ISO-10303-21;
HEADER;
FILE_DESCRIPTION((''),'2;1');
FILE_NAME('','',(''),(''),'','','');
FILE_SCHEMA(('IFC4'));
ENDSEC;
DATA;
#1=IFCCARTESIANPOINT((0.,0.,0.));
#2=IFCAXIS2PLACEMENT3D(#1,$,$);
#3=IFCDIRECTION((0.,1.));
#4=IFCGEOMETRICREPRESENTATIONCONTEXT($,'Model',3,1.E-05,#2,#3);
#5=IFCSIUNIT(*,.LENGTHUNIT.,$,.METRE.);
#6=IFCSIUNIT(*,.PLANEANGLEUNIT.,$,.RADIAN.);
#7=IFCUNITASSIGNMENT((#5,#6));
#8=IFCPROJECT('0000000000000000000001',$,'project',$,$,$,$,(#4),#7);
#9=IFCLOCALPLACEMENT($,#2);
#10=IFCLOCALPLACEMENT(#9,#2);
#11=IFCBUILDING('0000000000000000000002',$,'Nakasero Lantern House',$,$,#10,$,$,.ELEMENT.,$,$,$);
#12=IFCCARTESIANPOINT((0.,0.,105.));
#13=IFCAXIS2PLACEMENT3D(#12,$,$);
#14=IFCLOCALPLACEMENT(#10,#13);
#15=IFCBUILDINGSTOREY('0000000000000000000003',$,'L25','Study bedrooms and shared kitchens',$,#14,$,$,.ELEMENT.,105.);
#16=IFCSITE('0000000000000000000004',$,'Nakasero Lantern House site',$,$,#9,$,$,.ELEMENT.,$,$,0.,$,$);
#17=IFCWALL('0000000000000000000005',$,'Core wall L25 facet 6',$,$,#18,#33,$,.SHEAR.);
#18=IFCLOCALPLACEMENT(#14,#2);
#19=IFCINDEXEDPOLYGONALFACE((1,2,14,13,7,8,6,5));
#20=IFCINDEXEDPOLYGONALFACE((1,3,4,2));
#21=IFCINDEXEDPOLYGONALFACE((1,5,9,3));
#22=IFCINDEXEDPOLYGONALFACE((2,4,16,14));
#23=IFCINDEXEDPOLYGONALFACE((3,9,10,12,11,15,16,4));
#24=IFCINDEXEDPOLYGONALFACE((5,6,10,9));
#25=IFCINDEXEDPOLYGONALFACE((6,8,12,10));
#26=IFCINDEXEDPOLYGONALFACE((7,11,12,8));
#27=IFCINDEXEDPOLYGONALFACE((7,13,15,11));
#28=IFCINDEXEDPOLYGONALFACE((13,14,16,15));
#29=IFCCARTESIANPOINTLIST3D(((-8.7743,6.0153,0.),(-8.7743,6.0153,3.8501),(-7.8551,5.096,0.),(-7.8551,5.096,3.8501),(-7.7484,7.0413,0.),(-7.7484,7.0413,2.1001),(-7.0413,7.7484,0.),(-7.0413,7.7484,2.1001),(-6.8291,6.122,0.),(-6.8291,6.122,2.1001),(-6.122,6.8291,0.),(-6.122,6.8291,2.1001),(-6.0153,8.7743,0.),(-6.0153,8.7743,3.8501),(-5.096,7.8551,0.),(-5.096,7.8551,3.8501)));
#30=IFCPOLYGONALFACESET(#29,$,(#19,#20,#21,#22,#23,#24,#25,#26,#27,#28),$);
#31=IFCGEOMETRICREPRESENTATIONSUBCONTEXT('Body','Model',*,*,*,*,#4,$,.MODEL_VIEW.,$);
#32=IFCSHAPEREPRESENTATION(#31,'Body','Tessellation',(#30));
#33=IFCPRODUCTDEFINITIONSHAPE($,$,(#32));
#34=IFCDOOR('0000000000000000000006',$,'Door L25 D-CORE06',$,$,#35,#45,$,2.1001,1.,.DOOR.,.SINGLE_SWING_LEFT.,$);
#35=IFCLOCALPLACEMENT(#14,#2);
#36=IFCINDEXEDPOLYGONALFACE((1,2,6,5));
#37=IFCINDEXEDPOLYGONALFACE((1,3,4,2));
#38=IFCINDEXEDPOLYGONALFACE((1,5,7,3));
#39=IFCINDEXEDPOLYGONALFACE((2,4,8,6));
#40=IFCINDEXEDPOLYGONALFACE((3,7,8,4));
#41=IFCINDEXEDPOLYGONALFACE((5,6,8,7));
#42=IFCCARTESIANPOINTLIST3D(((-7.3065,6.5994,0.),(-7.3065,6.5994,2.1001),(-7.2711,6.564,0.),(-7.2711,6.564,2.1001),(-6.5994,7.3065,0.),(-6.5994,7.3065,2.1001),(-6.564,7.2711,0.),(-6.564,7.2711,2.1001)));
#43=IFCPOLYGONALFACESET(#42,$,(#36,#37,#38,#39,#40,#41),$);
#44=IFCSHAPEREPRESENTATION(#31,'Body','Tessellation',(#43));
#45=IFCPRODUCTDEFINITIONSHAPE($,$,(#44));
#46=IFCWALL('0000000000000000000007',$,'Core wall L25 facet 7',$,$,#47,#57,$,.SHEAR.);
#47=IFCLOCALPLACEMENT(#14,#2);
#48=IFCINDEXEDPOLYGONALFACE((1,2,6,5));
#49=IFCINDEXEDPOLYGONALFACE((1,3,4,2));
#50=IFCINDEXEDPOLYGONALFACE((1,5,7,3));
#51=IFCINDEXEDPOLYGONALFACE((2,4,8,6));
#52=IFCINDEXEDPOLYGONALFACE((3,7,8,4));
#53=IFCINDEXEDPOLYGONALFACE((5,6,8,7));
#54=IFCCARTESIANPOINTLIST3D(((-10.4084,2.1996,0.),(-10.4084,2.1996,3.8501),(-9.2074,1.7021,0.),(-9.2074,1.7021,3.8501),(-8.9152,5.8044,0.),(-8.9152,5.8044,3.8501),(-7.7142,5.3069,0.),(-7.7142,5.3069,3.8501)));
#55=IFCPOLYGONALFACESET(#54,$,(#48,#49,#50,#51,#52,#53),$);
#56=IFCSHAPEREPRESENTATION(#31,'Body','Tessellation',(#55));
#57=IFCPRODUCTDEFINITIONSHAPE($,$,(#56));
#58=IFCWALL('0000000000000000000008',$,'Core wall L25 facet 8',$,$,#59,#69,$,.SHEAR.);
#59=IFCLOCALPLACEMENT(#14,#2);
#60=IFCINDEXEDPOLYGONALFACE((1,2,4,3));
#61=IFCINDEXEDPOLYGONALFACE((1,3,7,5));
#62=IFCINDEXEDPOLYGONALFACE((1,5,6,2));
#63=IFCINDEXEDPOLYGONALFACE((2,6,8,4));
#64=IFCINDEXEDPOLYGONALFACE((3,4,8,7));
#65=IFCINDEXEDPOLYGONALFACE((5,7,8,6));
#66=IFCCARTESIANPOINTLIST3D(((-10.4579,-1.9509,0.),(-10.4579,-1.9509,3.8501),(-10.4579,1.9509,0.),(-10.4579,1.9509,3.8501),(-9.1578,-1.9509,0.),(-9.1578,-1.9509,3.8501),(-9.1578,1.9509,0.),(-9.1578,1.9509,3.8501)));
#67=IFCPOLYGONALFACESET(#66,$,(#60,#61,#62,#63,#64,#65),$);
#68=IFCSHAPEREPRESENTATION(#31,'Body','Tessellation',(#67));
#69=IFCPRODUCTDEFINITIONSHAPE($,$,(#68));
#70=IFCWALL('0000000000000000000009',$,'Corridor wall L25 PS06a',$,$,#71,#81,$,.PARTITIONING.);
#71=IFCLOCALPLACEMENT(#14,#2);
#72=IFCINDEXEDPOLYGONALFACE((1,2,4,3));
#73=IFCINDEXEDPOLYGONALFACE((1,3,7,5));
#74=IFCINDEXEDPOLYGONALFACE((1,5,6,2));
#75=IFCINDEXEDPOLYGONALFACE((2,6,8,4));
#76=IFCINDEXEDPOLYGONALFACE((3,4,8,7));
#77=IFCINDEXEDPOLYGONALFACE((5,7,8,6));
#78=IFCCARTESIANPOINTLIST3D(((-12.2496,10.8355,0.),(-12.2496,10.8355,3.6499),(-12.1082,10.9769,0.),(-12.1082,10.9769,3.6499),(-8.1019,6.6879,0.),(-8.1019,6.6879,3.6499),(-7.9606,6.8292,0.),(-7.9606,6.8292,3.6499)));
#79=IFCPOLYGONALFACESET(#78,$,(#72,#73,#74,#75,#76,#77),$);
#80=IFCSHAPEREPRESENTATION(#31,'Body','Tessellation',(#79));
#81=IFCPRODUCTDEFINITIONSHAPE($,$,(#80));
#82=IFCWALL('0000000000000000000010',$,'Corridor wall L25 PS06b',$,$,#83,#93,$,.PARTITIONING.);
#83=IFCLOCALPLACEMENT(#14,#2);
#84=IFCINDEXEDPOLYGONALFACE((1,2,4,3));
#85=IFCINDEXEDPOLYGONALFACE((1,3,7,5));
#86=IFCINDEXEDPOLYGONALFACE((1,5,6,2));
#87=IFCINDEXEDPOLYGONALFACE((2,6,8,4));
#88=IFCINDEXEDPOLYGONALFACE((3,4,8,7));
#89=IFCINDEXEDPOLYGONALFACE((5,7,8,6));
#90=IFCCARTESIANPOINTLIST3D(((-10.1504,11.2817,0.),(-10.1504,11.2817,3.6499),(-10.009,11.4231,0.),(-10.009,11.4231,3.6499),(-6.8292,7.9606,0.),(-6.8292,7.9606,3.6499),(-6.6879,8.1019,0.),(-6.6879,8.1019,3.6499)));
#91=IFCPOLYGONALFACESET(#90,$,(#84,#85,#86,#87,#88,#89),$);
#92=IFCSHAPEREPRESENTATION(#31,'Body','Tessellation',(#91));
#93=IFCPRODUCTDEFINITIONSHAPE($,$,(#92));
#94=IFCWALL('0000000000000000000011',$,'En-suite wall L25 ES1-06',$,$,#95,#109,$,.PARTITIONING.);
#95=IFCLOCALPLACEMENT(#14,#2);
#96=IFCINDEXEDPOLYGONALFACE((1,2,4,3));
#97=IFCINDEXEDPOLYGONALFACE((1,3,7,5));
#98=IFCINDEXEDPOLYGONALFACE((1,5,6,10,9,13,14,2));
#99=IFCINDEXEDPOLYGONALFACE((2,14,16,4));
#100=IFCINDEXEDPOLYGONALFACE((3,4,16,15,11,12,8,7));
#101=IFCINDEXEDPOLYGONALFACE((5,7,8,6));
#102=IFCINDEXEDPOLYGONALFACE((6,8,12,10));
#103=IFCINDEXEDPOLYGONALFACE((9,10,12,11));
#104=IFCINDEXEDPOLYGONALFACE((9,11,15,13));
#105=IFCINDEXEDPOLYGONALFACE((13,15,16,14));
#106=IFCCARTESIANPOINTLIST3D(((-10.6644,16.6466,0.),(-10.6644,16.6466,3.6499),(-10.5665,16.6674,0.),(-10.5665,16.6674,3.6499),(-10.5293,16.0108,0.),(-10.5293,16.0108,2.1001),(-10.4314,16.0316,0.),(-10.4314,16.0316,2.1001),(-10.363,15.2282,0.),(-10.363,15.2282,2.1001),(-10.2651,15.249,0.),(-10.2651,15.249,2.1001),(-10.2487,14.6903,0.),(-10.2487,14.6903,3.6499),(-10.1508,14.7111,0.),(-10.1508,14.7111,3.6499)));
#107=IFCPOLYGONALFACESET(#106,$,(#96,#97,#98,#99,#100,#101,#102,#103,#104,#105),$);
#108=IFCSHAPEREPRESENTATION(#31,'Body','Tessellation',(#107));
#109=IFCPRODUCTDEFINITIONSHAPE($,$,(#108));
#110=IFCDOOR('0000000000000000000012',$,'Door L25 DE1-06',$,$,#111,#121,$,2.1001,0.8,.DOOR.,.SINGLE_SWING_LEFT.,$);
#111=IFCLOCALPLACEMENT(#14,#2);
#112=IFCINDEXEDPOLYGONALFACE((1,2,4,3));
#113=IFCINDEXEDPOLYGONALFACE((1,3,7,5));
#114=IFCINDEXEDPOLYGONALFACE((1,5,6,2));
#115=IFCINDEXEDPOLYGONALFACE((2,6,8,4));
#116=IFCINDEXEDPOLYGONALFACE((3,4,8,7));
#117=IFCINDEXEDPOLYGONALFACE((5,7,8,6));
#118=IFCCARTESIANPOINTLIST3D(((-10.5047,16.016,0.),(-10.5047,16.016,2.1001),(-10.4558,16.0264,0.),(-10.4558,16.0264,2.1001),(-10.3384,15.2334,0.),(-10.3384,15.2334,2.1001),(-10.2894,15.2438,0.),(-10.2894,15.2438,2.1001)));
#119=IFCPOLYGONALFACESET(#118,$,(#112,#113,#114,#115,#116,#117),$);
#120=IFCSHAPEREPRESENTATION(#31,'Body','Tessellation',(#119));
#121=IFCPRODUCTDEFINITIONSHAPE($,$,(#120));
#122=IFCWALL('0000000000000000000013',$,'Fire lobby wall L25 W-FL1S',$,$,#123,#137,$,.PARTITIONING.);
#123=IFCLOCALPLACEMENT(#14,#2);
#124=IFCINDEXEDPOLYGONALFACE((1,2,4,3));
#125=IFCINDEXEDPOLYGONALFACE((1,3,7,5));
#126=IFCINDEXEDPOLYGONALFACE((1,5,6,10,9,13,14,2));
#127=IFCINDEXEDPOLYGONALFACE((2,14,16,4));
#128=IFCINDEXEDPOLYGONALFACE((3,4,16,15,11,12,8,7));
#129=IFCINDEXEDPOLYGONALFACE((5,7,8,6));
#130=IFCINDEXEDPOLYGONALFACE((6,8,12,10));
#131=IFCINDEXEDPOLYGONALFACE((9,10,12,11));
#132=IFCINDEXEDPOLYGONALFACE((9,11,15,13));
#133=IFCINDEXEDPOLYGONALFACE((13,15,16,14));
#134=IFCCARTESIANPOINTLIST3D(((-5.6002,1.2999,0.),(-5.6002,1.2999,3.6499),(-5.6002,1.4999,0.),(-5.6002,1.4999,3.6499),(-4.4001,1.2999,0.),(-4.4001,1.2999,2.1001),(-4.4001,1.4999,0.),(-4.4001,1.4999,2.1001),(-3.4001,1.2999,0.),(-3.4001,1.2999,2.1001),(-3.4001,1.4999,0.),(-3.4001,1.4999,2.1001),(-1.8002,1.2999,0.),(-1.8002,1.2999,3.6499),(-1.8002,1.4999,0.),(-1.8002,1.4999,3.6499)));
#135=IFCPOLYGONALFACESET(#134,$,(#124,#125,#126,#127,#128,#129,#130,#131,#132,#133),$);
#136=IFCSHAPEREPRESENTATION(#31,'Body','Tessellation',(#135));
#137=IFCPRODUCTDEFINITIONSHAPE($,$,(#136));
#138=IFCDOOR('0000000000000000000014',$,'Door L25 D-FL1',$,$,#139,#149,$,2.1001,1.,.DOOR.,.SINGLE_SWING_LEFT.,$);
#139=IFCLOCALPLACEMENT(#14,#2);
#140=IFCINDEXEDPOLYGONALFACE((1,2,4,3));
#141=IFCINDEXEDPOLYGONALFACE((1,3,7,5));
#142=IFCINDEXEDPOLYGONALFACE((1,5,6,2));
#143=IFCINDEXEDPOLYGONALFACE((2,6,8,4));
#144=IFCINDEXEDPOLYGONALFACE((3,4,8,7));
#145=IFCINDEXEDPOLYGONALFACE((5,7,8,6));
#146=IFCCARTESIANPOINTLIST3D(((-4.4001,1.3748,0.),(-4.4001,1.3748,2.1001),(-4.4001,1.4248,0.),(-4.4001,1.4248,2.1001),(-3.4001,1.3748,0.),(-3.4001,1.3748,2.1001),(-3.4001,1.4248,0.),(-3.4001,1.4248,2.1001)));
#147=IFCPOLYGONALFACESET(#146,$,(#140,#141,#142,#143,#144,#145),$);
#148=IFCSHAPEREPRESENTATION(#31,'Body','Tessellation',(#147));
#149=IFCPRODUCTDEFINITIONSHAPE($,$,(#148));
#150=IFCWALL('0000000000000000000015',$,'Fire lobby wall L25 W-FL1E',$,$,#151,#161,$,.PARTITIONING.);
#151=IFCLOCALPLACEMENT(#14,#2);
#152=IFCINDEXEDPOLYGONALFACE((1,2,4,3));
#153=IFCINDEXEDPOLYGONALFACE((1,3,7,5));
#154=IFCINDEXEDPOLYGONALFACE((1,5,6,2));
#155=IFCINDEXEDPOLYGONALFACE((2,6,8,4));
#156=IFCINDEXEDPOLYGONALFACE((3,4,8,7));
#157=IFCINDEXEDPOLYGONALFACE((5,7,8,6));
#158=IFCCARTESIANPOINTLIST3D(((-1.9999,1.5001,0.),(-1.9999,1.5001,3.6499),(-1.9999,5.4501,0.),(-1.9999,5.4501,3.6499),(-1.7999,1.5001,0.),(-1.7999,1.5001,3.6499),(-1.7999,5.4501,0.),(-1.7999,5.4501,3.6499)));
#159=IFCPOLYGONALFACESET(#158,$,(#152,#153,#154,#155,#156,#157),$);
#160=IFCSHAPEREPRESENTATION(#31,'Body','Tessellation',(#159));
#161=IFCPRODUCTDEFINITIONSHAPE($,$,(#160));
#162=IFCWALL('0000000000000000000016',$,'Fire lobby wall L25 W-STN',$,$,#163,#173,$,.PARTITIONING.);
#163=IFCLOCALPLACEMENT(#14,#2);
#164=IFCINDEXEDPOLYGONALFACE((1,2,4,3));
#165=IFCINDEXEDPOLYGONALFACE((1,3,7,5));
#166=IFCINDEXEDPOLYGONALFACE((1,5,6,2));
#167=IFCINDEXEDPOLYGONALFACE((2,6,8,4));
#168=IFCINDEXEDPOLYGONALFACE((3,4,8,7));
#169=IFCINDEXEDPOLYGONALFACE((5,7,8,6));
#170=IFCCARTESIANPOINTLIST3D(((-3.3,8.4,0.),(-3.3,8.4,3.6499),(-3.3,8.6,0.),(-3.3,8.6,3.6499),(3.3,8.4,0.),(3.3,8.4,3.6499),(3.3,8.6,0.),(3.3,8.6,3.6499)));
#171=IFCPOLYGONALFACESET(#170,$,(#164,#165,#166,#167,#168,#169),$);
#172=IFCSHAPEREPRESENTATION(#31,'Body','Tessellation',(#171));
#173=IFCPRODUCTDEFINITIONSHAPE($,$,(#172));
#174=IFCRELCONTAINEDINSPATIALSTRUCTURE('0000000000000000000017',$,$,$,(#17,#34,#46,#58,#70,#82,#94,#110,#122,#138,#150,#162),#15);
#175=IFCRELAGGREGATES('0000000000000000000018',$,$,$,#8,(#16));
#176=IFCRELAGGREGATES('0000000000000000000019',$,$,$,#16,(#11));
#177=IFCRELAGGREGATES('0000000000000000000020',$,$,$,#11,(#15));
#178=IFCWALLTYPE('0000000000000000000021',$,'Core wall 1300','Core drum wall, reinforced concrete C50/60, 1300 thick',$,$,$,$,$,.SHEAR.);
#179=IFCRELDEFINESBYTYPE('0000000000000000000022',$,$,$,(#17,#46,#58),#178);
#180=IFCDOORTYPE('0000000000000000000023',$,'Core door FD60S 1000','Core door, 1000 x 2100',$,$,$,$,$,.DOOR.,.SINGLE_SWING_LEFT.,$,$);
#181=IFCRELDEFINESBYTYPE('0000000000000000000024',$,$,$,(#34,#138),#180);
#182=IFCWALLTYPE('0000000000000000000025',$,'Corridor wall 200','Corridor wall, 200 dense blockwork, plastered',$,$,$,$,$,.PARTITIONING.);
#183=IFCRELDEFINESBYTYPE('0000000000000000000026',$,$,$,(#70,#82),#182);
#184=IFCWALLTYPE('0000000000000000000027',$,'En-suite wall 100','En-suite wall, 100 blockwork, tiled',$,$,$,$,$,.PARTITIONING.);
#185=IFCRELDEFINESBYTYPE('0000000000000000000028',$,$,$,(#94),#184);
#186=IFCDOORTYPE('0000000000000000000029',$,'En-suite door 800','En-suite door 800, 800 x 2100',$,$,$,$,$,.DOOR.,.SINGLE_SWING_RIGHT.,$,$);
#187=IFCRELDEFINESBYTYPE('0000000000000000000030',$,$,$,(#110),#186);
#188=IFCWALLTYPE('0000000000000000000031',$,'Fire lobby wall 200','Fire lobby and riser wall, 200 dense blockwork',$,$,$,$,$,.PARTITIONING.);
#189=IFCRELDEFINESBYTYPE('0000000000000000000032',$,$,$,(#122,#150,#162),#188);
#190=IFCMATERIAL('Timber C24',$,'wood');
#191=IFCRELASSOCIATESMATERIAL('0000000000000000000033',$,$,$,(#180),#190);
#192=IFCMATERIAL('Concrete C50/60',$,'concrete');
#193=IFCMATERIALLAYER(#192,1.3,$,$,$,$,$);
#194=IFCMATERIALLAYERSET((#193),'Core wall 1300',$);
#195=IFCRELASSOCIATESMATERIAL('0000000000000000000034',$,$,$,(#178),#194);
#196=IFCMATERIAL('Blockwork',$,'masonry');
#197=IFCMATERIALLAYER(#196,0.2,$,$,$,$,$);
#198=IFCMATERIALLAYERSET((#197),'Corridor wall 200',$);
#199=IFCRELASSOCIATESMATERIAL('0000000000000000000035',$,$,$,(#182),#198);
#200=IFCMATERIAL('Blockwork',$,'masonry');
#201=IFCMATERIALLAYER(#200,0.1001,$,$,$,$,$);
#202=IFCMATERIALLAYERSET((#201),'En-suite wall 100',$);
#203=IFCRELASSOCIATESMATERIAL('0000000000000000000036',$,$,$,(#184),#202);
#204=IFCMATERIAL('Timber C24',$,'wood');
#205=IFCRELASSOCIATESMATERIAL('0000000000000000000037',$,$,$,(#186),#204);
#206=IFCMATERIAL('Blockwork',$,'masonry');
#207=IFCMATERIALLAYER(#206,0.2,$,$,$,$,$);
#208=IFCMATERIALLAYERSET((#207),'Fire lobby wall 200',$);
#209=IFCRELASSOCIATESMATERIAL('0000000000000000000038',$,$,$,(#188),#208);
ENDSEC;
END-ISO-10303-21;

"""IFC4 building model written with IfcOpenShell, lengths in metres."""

from ifc_helpers import new_model, si_unit, direction, frame, frame_2d, origin, place, context, subcontext, project, spatial, rectangle, extrude, material, layer, layer_set, type_object, element, fill, save


model = new_model("IFC4")

# Units and contexts
model_context = context("Model", 3, precision=1e-05, world=origin(), true_north=direction((0.0, 1.0)))
body_context = subcontext(model_context, "Body", "Model", "MODEL_VIEW")
ifc_project = project(units=[si_unit("LENGTHUNIT", "METRE"), si_unit("PLANEANGLEUNIT", "RADIAN")], contexts=[model_context])

# Site, building, storey
site_placement = place(None, origin())
site = spatial("IfcSite", under=ifc_project, at=site_placement, Name="Nakasero Lantern House site", CompositionType="ELEMENT", RefElevation=0.0)
building_placement = place(site_placement, origin())
building = spatial("IfcBuilding", under=site, at=building_placement, Name="Nakasero Lantern House", CompositionType="ELEMENT")
storey_placement = place(building_placement, frame((0.0, 0.0, 105.0)))
storey = spatial("IfcBuildingStorey", under=building, at=storey_placement, Name="L25", Description="Study bedrooms and shared kitchens", CompositionType="ELEMENT", Elevation=105.0)

# Shared definitions
ifc_material_1 = material(Name="Timber C24", Category="wood")
door_type_1 = type_object("IfcDoorType", Name="Core door FD60S 1000", Description="Core door, 1000 x 2100", OperationType="SINGLE_SWING_LEFT", PredefinedType="DOOR", material=ifc_material_1)

# Shared definitions
ifc_material_2 = material(Name="Concrete C50/60", Category="concrete")
ifc_layer_1 = layer(ifc_material_2, 1.3)
ifc_layer_set_1 = layer_set([ifc_layer_1], Name="Core wall 1300")
wall_type_1 = type_object("IfcWallType", Name="Core wall 1300", Description="Core drum wall, reinforced concrete C50/60, 1300 thick", PredefinedType="SHEAR", material=ifc_layer_set_1)

# Wall, opening, door
wall_1_placement = place(storey_placement, frame((-5.5557, 8.3147, 0.0), z_axis=(0.0, 0.0, 1.0), x_axis=(-0.707107, -0.707107, 0.0)))
wall_1 = element("IfcWall", 1, at=wall_1_placement, inside=storey, type_object=wall_type_1, Name="Core wall L25 facet 6", PredefinedType="SHEAR", context=body_context, shape_type="SweptSolid", body=[
    extrude(rectangle(XDim=3.9019, YDim=1.3, at=frame_2d((1.9509, 0.0))), origin(), (0.0, 0.0, 1.0), 3.8501),
])
opening_1_placement = place(wall_1_placement, frame((1.4509, 0.0, 0.0)))
opening_1 = element("IfcOpeningElement", 2, at=opening_1_placement, cuts=wall_1, PredefinedType="OPENING", context=body_context, shape_type="SweptSolid", body=[
    extrude(rectangle(XDim=1.0, YDim=2.1001, at=frame_2d((0.5, 1.05))), frame((0.0, 0.6699, 0.0), z_axis=(0.0, -1.0, 0.0), x_axis=(1.0, 0.0, 0.0)), (0.0, 0.0, 1.0), 1.3401),
])
door_1_placement = place(opening_1_placement, origin())
door_1 = element("IfcDoor", 3, at=door_1_placement, inside=storey, type_object=door_type_1, Name="Door L25 D-CORE06", OperationType="SINGLE_SWING_LEFT", OverallHeight=2.1001, OverallWidth=1.0, PredefinedType="DOOR", context=body_context, shape_type="SweptSolid", body=[
    extrude(rectangle(XDim=1.0, YDim=2.1001, at=frame_2d((0.5, 1.05))), frame((0.0, 0.0249, 0.0), z_axis=(0.0, -1.0, 0.0), x_axis=(1.0, 0.0, 0.0)), (0.0, 0.0, 1.0), 0.05),
])
fill(opening_1, door_1)

# Walls
for number, where, z_axis, x_axis, name in (
    (4, (-8.3147, 5.5557, 0.0), (0.0, 0.0, 1.0), (-0.382691, -0.923877, 0.0), "Core wall L25 facet 7"),
    (5, (-9.8079, 1.9509, 0.0), (0.0, 0.0, 1.0), (0.0, -1.0, 0.0), "Core wall L25 facet 8"),
):
    element("IfcWall", number, at=place(storey_placement, frame(where, z_axis=z_axis, x_axis=x_axis)), inside=storey, type_object=wall_type_1, Name=name, PredefinedType="SHEAR", context=body_context, shape_type="SweptSolid", body=[
        extrude(rectangle(XDim=3.9019, YDim=1.3, at=frame_2d((1.9509, 0.0))), origin(), (0.0, 0.0, 1.0), 3.8501),
    ])
ifc_material_3 = material(Name="Blockwork", Category="masonry")
ifc_layer_2 = layer(ifc_material_3, 0.2)
ifc_layer_set_2 = layer_set([ifc_layer_2], Name="Corridor wall 200")
wall_type_2 = type_object("IfcWallType", Name="Corridor wall 200", Description="Corridor wall, 200 dense blockwork, plastered", PredefinedType="PARTITIONING", material=ifc_layer_set_2)
wall_2_placement = place(storey_placement, frame((-8.0312, 6.7585, 0.0), z_axis=(0.0, 0.0, 1.0), x_axis=(-0.707107, 0.707107, 0.0)))
element("IfcWall", 6, at=wall_2_placement, inside=storey, type_object=wall_type_2, Name="Corridor wall L25 PS06a", PredefinedType="PARTITIONING", context=body_context, shape_type="SweptSolid", body=[
    extrude(rectangle(XDim=5.8657, YDim=0.2, at=frame_2d((2.9329, 0.0))), origin(), (0.0, 0.0, 1.0), 3.6499),
])
wall_3_placement = place(storey_placement, frame((-6.7585, 8.0312, 0.0), z_axis=(0.0, 0.0, 1.0), x_axis=(-0.707107, 0.707107, 0.0)))
element("IfcWall", 7, at=wall_3_placement, inside=storey, type_object=wall_type_2, Name="Corridor wall L25 PS06b", PredefinedType="PARTITIONING", context=body_context, shape_type="SweptSolid", body=[
    extrude(rectangle(XDim=4.6968, YDim=0.2, at=frame_2d((2.3484, 0.0))), origin(), (0.0, 0.0, 1.0), 3.6499),
])

# Walls, openings, doors
ifc_material_4 = material(Name="Blockwork", Category="masonry")
ifc_layer_3 = layer(ifc_material_4, 0.1001)
ifc_layer_set_3 = layer_set([ifc_layer_3], Name="En-suite wall 100")
wall_type_3 = type_object("IfcWallType", Name="En-suite wall 100", Description="En-suite wall, 100 blockwork, tiled", PredefinedType="PARTITIONING", material=ifc_layer_set_3)
wall_4_placement = place(storey_placement, frame((-10.1997, 14.7007, 0.0), z_axis=(0.0, 0.0, 1.0), x_axis=(-0.207886, 0.978153, 0.0)))
wall_4 = element("IfcWall", 8, at=wall_4_placement, inside=storey, type_object=wall_type_3, Name="En-suite wall L25 ES1-06", PredefinedType="PARTITIONING", context=body_context, shape_type="SweptSolid", body=[
    extrude(rectangle(XDim=2.0, YDim=0.1001, at=frame_2d((1.0, 0.0))), origin(), (0.0, 0.0, 1.0), 3.6499),
])
opening_2_placement = place(wall_4_placement, frame((0.55, 0.0, 0.0)))
opening_2 = element("IfcOpeningElement", 9, at=opening_2_placement, cuts=wall_4, PredefinedType="OPENING", context=body_context, shape_type="SweptSolid", body=[
    extrude(rectangle(XDim=0.8, YDim=2.1001, at=frame_2d((0.3999, 1.05))), frame((0.0, 0.0701, 0.0), z_axis=(0.0, -1.0, 0.0), x_axis=(1.0, 0.0, 0.0)), (0.0, 0.0, 1.0), 0.1401),
])
ifc_material_5 = material(Name="Timber C24", Category="wood")
door_type_2 = type_object("IfcDoorType", Name="En-suite door 800", Description="En-suite door 800, 800 x 2100", OperationType="SINGLE_SWING_RIGHT", PredefinedType="DOOR", material=ifc_material_5)
door_2_placement = place(opening_2_placement, origin())
door_2 = element("IfcDoor", 10, at=door_2_placement, inside=storey, type_object=door_type_2, Name="Door L25 DE1-06", OperationType="SINGLE_SWING_LEFT", OverallHeight=2.1001, OverallWidth=0.8, PredefinedType="DOOR", context=body_context, shape_type="SweptSolid", body=[
    extrude(rectangle(XDim=0.8, YDim=2.1001, at=frame_2d((0.3999, 1.05))), frame((0.0, 0.0249, 0.0), z_axis=(0.0, -1.0, 0.0), x_axis=(1.0, 0.0, 0.0)), (0.0, 0.0, 1.0), 0.05),
])
fill(opening_2, door_2)
ifc_material_6 = material(Name="Blockwork", Category="masonry")
ifc_layer_4 = layer(ifc_material_6, 0.2)
ifc_layer_set_4 = layer_set([ifc_layer_4], Name="Fire lobby wall 200")
wall_type_4 = type_object("IfcWallType", Name="Fire lobby wall 200", Description="Fire lobby and riser wall, 200 dense blockwork", PredefinedType="PARTITIONING", material=ifc_layer_set_4)
wall_5_placement = place(storey_placement, frame((-5.6001, 1.3999, 0.0), z_axis=(0.0, 0.0, 1.0), x_axis=(1.0, 0.0, 0.0)))
wall_5 = element("IfcWall", 11, at=wall_5_placement, inside=storey, type_object=wall_type_4, Name="Fire lobby wall L25 W-FL1S", PredefinedType="PARTITIONING", context=body_context, shape_type="SweptSolid", body=[
    extrude(rectangle(XDim=3.8, YDim=0.2, at=frame_2d((1.8999, 0.0))), origin(), (0.0, 0.0, 1.0), 3.6499),
])
opening_3_placement = place(wall_5_placement, frame((1.2, 0.0, 0.0)))
opening_3 = element("IfcOpeningElement", 12, at=opening_3_placement, cuts=wall_5, PredefinedType="OPENING", context=body_context, shape_type="SweptSolid", body=[
    extrude(rectangle(XDim=1.0, YDim=2.1001, at=frame_2d((0.5, 1.05))), frame((0.0, 0.1199, 0.0), z_axis=(0.0, -1.0, 0.0), x_axis=(1.0, 0.0, 0.0)), (0.0, 0.0, 1.0), 0.24),
])
door_3_placement = place(opening_3_placement, origin())
door_3 = element("IfcDoor", 13, at=door_3_placement, inside=storey, type_object=door_type_1, Name="Door L25 D-FL1", OperationType="SINGLE_SWING_LEFT", OverallHeight=2.1001, OverallWidth=1.0, PredefinedType="DOOR", context=body_context, shape_type="SweptSolid", body=[
    extrude(rectangle(XDim=1.0, YDim=2.1001, at=frame_2d((0.5, 1.05))), frame((0.0, 0.0249, 0.0), z_axis=(0.0, -1.0, 0.0), x_axis=(1.0, 0.0, 0.0)), (0.0, 0.0, 1.0), 0.05),
])
fill(opening_3, door_3)

# Walls
wall_6_placement = place(storey_placement, frame((-1.8999, 1.5, 0.0), z_axis=(0.0, 0.0, 1.0), x_axis=(0.0, 1.0, 0.0)))
element("IfcWall", 14, at=wall_6_placement, inside=storey, type_object=wall_type_4, Name="Fire lobby wall L25 W-FL1E", PredefinedType="PARTITIONING", context=body_context, shape_type="SweptSolid", body=[
    extrude(rectangle(XDim=3.95, YDim=0.2, at=frame_2d((1.9751, 0.0))), origin(), (0.0, 0.0, 1.0), 3.6499),
])
wall_7_placement = place(storey_placement, frame((-3.3, 8.5, 0.0), z_axis=(0.0, 0.0, 1.0), x_axis=(1.0, 0.0, 0.0)))
element("IfcWall", 15, at=wall_7_placement, inside=storey, type_object=wall_type_4, Name="Fire lobby wall L25 W-STN", PredefinedType="PARTITIONING", context=body_context, shape_type="SweptSolid", body=[
    extrude(rectangle(XDim=6.6001, YDim=0.2, at=frame_2d((3.3, 0.0))), origin(), (0.0, 0.0, 1.0), 3.6499),
])

save(model, "model.ifc")
